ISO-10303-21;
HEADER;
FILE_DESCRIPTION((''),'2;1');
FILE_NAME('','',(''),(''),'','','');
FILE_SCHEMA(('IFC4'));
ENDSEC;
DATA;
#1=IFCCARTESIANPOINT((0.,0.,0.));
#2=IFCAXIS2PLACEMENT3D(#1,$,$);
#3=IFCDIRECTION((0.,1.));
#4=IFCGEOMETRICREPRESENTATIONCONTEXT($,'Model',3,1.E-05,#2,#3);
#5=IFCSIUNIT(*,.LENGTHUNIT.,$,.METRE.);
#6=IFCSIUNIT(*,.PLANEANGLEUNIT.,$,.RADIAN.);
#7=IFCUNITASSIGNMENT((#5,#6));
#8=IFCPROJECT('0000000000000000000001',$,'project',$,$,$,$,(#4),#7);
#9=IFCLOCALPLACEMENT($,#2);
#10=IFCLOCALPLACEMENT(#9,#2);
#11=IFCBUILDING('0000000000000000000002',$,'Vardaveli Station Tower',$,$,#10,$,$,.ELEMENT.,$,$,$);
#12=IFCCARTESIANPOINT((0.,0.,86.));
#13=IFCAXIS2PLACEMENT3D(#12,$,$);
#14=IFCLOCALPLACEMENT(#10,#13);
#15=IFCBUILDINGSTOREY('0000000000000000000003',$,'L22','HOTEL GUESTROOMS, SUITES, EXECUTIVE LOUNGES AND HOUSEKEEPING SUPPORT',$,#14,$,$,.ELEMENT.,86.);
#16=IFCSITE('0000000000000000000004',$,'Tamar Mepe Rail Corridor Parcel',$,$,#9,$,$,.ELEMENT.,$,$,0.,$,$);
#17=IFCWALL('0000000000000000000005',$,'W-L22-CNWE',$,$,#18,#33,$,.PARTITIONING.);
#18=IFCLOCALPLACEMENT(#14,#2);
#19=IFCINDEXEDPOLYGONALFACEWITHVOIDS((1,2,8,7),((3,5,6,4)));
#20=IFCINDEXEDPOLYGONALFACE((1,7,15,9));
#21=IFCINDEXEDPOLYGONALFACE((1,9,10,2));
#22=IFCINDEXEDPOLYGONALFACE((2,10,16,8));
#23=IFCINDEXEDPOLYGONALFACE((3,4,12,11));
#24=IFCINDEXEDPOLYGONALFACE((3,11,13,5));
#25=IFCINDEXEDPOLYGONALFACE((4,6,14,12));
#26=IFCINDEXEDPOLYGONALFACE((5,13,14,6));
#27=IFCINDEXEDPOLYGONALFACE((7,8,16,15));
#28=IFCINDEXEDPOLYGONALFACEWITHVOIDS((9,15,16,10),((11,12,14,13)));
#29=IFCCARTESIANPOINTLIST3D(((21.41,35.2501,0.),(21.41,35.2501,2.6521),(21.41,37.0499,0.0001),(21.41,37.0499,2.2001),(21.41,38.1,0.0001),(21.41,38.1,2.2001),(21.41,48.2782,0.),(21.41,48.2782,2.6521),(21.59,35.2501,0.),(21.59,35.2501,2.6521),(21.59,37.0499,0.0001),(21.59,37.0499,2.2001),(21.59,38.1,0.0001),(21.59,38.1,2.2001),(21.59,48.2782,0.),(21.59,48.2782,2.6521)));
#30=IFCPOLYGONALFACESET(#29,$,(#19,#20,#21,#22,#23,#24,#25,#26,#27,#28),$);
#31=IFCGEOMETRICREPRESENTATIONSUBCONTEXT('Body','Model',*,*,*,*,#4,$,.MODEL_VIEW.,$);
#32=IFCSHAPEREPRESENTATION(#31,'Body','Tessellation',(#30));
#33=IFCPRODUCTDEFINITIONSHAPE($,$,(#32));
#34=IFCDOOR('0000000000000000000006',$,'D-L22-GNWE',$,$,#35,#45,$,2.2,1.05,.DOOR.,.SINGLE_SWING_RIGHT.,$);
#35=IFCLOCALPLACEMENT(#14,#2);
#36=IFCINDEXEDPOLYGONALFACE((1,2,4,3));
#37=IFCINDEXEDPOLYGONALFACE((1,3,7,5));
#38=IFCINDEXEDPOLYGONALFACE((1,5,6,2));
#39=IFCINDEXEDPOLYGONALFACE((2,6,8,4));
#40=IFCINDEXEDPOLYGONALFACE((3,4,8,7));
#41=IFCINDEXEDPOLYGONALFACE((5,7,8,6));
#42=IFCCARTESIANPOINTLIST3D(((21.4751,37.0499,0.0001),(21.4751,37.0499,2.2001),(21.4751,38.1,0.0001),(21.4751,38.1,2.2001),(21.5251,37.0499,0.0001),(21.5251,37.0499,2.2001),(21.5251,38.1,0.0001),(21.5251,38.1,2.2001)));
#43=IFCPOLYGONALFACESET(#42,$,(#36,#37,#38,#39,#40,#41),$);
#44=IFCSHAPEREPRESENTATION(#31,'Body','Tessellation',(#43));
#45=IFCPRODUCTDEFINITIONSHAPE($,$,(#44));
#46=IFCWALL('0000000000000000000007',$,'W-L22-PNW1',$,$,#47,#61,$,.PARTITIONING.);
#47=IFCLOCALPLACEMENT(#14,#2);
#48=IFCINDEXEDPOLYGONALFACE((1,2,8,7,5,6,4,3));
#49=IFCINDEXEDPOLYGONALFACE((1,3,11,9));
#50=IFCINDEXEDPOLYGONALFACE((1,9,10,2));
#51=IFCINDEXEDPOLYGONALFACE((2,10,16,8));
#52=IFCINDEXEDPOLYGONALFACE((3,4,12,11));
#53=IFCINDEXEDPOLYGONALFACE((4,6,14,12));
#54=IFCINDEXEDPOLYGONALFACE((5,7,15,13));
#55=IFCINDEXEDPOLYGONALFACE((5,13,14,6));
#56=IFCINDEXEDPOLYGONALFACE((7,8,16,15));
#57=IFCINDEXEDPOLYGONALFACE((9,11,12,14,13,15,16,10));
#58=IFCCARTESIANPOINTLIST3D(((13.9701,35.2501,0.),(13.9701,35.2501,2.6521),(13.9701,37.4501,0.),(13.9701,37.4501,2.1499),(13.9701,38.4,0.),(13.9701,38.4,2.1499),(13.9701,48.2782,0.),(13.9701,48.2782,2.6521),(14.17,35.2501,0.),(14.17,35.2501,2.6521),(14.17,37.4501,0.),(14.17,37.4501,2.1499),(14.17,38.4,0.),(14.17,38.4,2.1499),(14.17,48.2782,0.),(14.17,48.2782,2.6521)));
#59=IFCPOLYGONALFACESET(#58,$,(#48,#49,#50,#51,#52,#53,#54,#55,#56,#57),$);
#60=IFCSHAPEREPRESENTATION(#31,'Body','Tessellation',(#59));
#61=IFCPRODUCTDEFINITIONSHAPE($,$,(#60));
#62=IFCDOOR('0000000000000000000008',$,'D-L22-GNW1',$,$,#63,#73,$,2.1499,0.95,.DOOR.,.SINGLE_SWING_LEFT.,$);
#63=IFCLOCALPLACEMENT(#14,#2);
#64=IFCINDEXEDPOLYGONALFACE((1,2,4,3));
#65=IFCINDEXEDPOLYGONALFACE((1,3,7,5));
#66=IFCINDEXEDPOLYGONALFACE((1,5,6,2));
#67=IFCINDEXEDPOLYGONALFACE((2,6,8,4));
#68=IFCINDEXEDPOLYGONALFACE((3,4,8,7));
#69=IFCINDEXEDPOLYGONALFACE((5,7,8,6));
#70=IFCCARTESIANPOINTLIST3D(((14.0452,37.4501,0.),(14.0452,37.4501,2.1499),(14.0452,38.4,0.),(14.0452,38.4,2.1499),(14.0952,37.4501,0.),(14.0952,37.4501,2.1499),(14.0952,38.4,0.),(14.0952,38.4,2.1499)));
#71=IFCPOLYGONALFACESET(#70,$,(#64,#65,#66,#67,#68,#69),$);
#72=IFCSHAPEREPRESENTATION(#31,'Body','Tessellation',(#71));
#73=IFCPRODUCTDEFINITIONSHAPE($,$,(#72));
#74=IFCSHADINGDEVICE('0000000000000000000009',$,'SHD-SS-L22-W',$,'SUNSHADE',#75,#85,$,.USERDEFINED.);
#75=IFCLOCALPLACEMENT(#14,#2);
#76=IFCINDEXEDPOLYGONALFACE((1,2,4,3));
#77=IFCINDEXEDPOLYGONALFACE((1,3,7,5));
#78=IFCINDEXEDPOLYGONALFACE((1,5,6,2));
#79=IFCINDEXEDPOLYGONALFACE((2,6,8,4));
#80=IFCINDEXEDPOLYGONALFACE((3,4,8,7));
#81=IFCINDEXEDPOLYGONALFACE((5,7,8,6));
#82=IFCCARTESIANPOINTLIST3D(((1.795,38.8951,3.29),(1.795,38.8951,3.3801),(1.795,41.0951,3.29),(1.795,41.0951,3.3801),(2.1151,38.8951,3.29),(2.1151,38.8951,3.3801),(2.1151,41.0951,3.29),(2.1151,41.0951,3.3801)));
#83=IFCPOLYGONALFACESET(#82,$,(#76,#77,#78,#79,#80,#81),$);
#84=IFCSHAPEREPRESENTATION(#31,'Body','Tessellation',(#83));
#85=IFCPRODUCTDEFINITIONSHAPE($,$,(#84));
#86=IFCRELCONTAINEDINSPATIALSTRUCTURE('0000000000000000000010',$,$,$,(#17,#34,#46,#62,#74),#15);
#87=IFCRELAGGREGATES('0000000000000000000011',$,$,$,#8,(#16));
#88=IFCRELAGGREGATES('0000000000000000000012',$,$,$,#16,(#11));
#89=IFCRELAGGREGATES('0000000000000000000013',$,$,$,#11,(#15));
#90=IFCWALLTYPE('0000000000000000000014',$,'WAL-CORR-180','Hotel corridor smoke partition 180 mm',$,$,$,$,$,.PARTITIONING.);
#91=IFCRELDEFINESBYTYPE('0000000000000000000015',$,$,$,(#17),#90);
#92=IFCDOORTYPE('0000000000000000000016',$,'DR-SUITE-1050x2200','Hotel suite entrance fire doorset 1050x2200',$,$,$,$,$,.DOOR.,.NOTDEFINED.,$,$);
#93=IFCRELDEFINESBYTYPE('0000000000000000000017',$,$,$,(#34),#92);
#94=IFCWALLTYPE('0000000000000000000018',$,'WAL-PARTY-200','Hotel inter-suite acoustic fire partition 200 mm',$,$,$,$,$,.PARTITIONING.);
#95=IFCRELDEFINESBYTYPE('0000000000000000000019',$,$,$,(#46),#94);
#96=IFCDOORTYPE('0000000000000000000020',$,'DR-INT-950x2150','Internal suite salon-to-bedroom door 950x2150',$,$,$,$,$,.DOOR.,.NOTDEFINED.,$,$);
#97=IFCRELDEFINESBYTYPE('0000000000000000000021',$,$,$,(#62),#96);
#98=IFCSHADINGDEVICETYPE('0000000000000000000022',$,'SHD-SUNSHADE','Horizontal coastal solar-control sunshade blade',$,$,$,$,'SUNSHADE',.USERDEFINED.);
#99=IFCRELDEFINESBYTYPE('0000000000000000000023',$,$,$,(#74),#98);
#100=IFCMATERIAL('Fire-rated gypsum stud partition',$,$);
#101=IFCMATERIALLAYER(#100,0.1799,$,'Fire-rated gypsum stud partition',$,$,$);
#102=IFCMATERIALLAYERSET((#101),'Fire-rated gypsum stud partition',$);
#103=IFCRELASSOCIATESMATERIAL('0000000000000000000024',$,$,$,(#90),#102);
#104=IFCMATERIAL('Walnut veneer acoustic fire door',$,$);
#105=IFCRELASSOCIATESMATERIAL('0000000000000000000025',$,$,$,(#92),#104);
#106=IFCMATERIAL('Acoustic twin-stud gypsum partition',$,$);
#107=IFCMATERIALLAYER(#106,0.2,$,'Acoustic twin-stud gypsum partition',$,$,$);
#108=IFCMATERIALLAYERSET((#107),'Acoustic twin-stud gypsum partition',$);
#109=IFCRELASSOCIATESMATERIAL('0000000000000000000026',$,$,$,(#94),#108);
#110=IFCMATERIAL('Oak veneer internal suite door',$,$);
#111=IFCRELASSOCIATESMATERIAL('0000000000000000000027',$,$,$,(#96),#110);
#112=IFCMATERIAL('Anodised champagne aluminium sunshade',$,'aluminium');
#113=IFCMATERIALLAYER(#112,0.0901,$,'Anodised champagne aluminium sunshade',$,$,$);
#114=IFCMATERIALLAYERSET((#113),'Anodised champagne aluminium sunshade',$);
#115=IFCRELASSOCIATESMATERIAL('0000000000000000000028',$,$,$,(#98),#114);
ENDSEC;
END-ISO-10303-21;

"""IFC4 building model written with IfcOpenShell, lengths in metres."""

from ifc_helpers import new_model, si_unit, direction, frame, frame_2d, origin, origin_2d, place, context, subcontext, project, spatial, rectangle, extrude, source, transform, mapped, material, layer, layer_set, type_object, element, fill, save


model = new_model("IFC4")

# Units and contexts
model_context = context("Model", 3, precision=1e-05, world=origin(), true_north=direction((0.0, 1.0)))
body_context = subcontext(model_context, "Body", "Model", "MODEL_VIEW")
ifc_project = project(units=[si_unit("LENGTHUNIT", "METRE"), si_unit("PLANEANGLEUNIT", "RADIAN")], contexts=[model_context])

# Site, building, storey
site_placement = place(None, origin())
site = spatial("IfcSite", under=ifc_project, at=site_placement, Name="Tamar Mepe Rail Corridor Parcel", CompositionType="ELEMENT", RefElevation=0.0)
building_placement = place(site_placement, origin())
building = spatial("IfcBuilding", under=site, at=building_placement, Name="Vardaveli Station Tower", CompositionType="ELEMENT")
storey_placement = place(building_placement, frame((0.0, 0.0, 86.0)))
storey = spatial("IfcBuildingStorey", under=building, at=storey_placement, Name="L22", Description="HOTEL GUESTROOMS, SUITES, EXECUTIVE LOUNGES AND HOUSEKEEPING SUPPORT", CompositionType="ELEMENT", Elevation=86.0)

# Walls, openings, doors
ifc_material_1 = material(Name="Fire-rated gypsum stud partition")
ifc_layer_1 = layer(ifc_material_1, 0.1799, Name="Fire-rated gypsum stud partition")
ifc_layer_set_1 = layer_set([ifc_layer_1], Name="Fire-rated gypsum stud partition")
wall_type_1 = type_object("IfcWallType", Name="WAL-CORR-180", Description="Hotel corridor smoke partition 180 mm", PredefinedType="PARTITIONING", material=ifc_layer_set_1)
shared_shape_1 = source(origin(), body_context, "Body", "SweptSolid", [
    extrude(rectangle(XDim=1.05, YDim=2.2, at=frame_2d((0.5249, 1.1001))), frame((0.0, 0.1001, 0.0), z_axis=(0.0, -1.0, 0.0), x_axis=(1.0, 0.0, 0.0)), (0.0, 0.0, 1.0), 0.2),
])
ifc_material_2 = material(Name="Walnut veneer acoustic fire door")
door_type_1 = type_object("IfcDoorType", Name="DR-SUITE-1050x2200", Description="Hotel suite entrance fire doorset 1050x2200", OperationType="NOTDEFINED", PredefinedType="DOOR", material=ifc_material_2)
shared_shape_2 = source(origin(), body_context, "Body", "SweptSolid", [
    extrude(rectangle(XDim=1.05, YDim=2.2, at=frame_2d((0.5249, 1.1001))), frame((0.0, 0.0249, 0.0), z_axis=(0.0, -1.0, 0.0), x_axis=(1.0, 0.0, 0.0)), (0.0, 0.0, 1.0), 0.05),
])
shared_shape_3 = source(origin(), body_context, "Body", "SweptSolid", [
    extrude(rectangle(XDim=13.0281, YDim=0.1799, at=frame_2d((6.5142, 0.0))), origin(), (0.0, 0.0, 1.0), 2.6521),
])
wall_1_placement = place(storey_placement, frame((21.5, 35.25, 0.0), z_axis=(0.0, 0.0, 1.0), x_axis=(0.0, 1.0, 0.0)))
wall_1 = element("IfcWall", 1, at=wall_1_placement, inside=storey, type_object=wall_type_1, Name="W-L22-CNWE", PredefinedType="PARTITIONING", context=body_context, shape_type="MappedRepresentation", body=[
    mapped(shared_shape_3, transform((0.0, 0.0, 0.0), scale=1.0)),
])
opening_1_placement = place(wall_1_placement, frame((1.8, 0.0, 0.0)))
opening_1 = element("IfcOpeningElement", 2, at=opening_1_placement, cuts=wall_1, PredefinedType="OPENING", context=body_context, shape_type="MappedRepresentation", body=[
    mapped(shared_shape_1, transform((0.0, 0.0, 0.0), scale=1.0)),
])
door_1_placement = place(opening_1_placement, origin())
door_1 = element("IfcDoor", 3, at=door_1_placement, inside=storey, type_object=door_type_1, Name="D-L22-GNWE", OperationType="SINGLE_SWING_RIGHT", OverallHeight=2.2, OverallWidth=1.05, PredefinedType="DOOR", context=body_context, shape_type="MappedRepresentation", body=[
    mapped(shared_shape_2, transform((0.0, 0.0, 0.0), scale=1.0)),
])
fill(opening_1, door_1)
ifc_material_3 = material(Name="Acoustic twin-stud gypsum partition")
ifc_layer_2 = layer(ifc_material_3, 0.2, Name="Acoustic twin-stud gypsum partition")
ifc_layer_set_2 = layer_set([ifc_layer_2], Name="Acoustic twin-stud gypsum partition")
wall_type_2 = type_object("IfcWallType", Name="WAL-PARTY-200", Description="Hotel inter-suite acoustic fire partition 200 mm", PredefinedType="PARTITIONING", material=ifc_layer_set_2)
shared_shape_4 = source(origin(), body_context, "Body", "SweptSolid", [
    extrude(rectangle(XDim=13.0281, YDim=0.2, at=frame_2d((6.5142, 0.0))), origin(), (0.0, 0.0, 1.0), 2.6521),
])
wall_2_placement = place(storey_placement, frame((14.0701, 35.25, 0.0), z_axis=(0.0, 0.0, 1.0), x_axis=(0.0, 1.0, 0.0)))
wall_2 = element("IfcWall", 4, at=wall_2_placement, inside=storey, type_object=wall_type_2, Name="W-L22-PNW1", PredefinedType="PARTITIONING", context=body_context, shape_type="MappedRepresentation", body=[
    mapped(shared_shape_4, transform((0.0, 0.0, 0.0), scale=1.0)),
])
shared_shape_5 = source(origin(), body_context, "Body", "SweptSolid", [
    extrude(rectangle(XDim=0.95, YDim=2.1499, at=frame_2d((0.4751, 1.075))), frame((0.0, 0.1099, 0.0), z_axis=(0.0, -1.0, 0.0), x_axis=(1.0, 0.0, 0.0)), (0.0, 0.0, 1.0), 0.22),
])
opening_2_placement = place(wall_2_placement, frame((2.2, 0.0, 0.0)))
opening_2 = element("IfcOpeningElement", 5, at=opening_2_placement, cuts=wall_2, PredefinedType="OPENING", context=body_context, shape_type="MappedRepresentation", body=[
    mapped(shared_shape_5, transform((0.0, 0.0, 0.0), scale=1.0)),
])
ifc_material_4 = material(Name="Oak veneer internal suite door")
door_type_2 = type_object("IfcDoorType", Name="DR-INT-950x2150", Description="Internal suite salon-to-bedroom door 950x2150", OperationType="NOTDEFINED", PredefinedType="DOOR", material=ifc_material_4)
shared_shape_6 = source(origin(), body_context, "Body", "SweptSolid", [
    extrude(rectangle(XDim=0.95, YDim=2.1499, at=frame_2d((0.4751, 1.075))), frame((0.0, 0.0249, 0.0), z_axis=(0.0, -1.0, 0.0), x_axis=(1.0, 0.0, 0.0)), (0.0, 0.0, 1.0), 0.05),
])
door_2_placement = place(opening_2_placement, origin())
door_2 = element("IfcDoor", 6, at=door_2_placement, inside=storey, type_object=door_type_2, Name="D-L22-GNW1", OperationType="SINGLE_SWING_LEFT", OverallHeight=2.1499, OverallWidth=0.95, PredefinedType="DOOR", context=body_context, shape_type="MappedRepresentation", body=[
    mapped(shared_shape_6, transform((0.0, 0.0, 0.0), scale=1.0)),
])
fill(opening_2, door_2)

# Shading device
ifc_material_5 = material(Name="Anodised champagne aluminium sunshade", Category="aluminium")
ifc_layer_3 = layer(ifc_material_5, 0.0901, Name="Anodised champagne aluminium sunshade")
ifc_layer_set_3 = layer_set([ifc_layer_3], Name="Anodised champagne aluminium sunshade")
shading_device_type = type_object("IfcShadingDeviceType", Name="SHD-SUNSHADE", Description="Horizontal coastal solar-control sunshade blade", ElementType="SUNSHADE", PredefinedType="USERDEFINED", material=ifc_layer_set_3)
shared_shape_7 = source(origin(), body_context, "Body", "SweptSolid", [
    extrude(rectangle(XDim=2.2, YDim=0.3201, at=origin_2d()), origin(), (0.0, 0.0, 1.0), 0.0901),
])
shading_device_placement = place(storey_placement, frame((1.9551, 39.9951, 3.29), z_axis=(0.0, 0.0, 1.0), x_axis=(0.0, 1.0, 0.0)))
element("IfcShadingDevice", 7, at=shading_device_placement, inside=storey, type_object=shading_device_type, Name="SHD-SS-L22-W", ObjectType="SUNSHADE", PredefinedType="USERDEFINED", context=body_context, shape_type="MappedRepresentation", body=[
    mapped(shared_shape_7, transform((0.0, 0.0, 0.0), scale=1.0)),
])

save(model, "model.ifc")
